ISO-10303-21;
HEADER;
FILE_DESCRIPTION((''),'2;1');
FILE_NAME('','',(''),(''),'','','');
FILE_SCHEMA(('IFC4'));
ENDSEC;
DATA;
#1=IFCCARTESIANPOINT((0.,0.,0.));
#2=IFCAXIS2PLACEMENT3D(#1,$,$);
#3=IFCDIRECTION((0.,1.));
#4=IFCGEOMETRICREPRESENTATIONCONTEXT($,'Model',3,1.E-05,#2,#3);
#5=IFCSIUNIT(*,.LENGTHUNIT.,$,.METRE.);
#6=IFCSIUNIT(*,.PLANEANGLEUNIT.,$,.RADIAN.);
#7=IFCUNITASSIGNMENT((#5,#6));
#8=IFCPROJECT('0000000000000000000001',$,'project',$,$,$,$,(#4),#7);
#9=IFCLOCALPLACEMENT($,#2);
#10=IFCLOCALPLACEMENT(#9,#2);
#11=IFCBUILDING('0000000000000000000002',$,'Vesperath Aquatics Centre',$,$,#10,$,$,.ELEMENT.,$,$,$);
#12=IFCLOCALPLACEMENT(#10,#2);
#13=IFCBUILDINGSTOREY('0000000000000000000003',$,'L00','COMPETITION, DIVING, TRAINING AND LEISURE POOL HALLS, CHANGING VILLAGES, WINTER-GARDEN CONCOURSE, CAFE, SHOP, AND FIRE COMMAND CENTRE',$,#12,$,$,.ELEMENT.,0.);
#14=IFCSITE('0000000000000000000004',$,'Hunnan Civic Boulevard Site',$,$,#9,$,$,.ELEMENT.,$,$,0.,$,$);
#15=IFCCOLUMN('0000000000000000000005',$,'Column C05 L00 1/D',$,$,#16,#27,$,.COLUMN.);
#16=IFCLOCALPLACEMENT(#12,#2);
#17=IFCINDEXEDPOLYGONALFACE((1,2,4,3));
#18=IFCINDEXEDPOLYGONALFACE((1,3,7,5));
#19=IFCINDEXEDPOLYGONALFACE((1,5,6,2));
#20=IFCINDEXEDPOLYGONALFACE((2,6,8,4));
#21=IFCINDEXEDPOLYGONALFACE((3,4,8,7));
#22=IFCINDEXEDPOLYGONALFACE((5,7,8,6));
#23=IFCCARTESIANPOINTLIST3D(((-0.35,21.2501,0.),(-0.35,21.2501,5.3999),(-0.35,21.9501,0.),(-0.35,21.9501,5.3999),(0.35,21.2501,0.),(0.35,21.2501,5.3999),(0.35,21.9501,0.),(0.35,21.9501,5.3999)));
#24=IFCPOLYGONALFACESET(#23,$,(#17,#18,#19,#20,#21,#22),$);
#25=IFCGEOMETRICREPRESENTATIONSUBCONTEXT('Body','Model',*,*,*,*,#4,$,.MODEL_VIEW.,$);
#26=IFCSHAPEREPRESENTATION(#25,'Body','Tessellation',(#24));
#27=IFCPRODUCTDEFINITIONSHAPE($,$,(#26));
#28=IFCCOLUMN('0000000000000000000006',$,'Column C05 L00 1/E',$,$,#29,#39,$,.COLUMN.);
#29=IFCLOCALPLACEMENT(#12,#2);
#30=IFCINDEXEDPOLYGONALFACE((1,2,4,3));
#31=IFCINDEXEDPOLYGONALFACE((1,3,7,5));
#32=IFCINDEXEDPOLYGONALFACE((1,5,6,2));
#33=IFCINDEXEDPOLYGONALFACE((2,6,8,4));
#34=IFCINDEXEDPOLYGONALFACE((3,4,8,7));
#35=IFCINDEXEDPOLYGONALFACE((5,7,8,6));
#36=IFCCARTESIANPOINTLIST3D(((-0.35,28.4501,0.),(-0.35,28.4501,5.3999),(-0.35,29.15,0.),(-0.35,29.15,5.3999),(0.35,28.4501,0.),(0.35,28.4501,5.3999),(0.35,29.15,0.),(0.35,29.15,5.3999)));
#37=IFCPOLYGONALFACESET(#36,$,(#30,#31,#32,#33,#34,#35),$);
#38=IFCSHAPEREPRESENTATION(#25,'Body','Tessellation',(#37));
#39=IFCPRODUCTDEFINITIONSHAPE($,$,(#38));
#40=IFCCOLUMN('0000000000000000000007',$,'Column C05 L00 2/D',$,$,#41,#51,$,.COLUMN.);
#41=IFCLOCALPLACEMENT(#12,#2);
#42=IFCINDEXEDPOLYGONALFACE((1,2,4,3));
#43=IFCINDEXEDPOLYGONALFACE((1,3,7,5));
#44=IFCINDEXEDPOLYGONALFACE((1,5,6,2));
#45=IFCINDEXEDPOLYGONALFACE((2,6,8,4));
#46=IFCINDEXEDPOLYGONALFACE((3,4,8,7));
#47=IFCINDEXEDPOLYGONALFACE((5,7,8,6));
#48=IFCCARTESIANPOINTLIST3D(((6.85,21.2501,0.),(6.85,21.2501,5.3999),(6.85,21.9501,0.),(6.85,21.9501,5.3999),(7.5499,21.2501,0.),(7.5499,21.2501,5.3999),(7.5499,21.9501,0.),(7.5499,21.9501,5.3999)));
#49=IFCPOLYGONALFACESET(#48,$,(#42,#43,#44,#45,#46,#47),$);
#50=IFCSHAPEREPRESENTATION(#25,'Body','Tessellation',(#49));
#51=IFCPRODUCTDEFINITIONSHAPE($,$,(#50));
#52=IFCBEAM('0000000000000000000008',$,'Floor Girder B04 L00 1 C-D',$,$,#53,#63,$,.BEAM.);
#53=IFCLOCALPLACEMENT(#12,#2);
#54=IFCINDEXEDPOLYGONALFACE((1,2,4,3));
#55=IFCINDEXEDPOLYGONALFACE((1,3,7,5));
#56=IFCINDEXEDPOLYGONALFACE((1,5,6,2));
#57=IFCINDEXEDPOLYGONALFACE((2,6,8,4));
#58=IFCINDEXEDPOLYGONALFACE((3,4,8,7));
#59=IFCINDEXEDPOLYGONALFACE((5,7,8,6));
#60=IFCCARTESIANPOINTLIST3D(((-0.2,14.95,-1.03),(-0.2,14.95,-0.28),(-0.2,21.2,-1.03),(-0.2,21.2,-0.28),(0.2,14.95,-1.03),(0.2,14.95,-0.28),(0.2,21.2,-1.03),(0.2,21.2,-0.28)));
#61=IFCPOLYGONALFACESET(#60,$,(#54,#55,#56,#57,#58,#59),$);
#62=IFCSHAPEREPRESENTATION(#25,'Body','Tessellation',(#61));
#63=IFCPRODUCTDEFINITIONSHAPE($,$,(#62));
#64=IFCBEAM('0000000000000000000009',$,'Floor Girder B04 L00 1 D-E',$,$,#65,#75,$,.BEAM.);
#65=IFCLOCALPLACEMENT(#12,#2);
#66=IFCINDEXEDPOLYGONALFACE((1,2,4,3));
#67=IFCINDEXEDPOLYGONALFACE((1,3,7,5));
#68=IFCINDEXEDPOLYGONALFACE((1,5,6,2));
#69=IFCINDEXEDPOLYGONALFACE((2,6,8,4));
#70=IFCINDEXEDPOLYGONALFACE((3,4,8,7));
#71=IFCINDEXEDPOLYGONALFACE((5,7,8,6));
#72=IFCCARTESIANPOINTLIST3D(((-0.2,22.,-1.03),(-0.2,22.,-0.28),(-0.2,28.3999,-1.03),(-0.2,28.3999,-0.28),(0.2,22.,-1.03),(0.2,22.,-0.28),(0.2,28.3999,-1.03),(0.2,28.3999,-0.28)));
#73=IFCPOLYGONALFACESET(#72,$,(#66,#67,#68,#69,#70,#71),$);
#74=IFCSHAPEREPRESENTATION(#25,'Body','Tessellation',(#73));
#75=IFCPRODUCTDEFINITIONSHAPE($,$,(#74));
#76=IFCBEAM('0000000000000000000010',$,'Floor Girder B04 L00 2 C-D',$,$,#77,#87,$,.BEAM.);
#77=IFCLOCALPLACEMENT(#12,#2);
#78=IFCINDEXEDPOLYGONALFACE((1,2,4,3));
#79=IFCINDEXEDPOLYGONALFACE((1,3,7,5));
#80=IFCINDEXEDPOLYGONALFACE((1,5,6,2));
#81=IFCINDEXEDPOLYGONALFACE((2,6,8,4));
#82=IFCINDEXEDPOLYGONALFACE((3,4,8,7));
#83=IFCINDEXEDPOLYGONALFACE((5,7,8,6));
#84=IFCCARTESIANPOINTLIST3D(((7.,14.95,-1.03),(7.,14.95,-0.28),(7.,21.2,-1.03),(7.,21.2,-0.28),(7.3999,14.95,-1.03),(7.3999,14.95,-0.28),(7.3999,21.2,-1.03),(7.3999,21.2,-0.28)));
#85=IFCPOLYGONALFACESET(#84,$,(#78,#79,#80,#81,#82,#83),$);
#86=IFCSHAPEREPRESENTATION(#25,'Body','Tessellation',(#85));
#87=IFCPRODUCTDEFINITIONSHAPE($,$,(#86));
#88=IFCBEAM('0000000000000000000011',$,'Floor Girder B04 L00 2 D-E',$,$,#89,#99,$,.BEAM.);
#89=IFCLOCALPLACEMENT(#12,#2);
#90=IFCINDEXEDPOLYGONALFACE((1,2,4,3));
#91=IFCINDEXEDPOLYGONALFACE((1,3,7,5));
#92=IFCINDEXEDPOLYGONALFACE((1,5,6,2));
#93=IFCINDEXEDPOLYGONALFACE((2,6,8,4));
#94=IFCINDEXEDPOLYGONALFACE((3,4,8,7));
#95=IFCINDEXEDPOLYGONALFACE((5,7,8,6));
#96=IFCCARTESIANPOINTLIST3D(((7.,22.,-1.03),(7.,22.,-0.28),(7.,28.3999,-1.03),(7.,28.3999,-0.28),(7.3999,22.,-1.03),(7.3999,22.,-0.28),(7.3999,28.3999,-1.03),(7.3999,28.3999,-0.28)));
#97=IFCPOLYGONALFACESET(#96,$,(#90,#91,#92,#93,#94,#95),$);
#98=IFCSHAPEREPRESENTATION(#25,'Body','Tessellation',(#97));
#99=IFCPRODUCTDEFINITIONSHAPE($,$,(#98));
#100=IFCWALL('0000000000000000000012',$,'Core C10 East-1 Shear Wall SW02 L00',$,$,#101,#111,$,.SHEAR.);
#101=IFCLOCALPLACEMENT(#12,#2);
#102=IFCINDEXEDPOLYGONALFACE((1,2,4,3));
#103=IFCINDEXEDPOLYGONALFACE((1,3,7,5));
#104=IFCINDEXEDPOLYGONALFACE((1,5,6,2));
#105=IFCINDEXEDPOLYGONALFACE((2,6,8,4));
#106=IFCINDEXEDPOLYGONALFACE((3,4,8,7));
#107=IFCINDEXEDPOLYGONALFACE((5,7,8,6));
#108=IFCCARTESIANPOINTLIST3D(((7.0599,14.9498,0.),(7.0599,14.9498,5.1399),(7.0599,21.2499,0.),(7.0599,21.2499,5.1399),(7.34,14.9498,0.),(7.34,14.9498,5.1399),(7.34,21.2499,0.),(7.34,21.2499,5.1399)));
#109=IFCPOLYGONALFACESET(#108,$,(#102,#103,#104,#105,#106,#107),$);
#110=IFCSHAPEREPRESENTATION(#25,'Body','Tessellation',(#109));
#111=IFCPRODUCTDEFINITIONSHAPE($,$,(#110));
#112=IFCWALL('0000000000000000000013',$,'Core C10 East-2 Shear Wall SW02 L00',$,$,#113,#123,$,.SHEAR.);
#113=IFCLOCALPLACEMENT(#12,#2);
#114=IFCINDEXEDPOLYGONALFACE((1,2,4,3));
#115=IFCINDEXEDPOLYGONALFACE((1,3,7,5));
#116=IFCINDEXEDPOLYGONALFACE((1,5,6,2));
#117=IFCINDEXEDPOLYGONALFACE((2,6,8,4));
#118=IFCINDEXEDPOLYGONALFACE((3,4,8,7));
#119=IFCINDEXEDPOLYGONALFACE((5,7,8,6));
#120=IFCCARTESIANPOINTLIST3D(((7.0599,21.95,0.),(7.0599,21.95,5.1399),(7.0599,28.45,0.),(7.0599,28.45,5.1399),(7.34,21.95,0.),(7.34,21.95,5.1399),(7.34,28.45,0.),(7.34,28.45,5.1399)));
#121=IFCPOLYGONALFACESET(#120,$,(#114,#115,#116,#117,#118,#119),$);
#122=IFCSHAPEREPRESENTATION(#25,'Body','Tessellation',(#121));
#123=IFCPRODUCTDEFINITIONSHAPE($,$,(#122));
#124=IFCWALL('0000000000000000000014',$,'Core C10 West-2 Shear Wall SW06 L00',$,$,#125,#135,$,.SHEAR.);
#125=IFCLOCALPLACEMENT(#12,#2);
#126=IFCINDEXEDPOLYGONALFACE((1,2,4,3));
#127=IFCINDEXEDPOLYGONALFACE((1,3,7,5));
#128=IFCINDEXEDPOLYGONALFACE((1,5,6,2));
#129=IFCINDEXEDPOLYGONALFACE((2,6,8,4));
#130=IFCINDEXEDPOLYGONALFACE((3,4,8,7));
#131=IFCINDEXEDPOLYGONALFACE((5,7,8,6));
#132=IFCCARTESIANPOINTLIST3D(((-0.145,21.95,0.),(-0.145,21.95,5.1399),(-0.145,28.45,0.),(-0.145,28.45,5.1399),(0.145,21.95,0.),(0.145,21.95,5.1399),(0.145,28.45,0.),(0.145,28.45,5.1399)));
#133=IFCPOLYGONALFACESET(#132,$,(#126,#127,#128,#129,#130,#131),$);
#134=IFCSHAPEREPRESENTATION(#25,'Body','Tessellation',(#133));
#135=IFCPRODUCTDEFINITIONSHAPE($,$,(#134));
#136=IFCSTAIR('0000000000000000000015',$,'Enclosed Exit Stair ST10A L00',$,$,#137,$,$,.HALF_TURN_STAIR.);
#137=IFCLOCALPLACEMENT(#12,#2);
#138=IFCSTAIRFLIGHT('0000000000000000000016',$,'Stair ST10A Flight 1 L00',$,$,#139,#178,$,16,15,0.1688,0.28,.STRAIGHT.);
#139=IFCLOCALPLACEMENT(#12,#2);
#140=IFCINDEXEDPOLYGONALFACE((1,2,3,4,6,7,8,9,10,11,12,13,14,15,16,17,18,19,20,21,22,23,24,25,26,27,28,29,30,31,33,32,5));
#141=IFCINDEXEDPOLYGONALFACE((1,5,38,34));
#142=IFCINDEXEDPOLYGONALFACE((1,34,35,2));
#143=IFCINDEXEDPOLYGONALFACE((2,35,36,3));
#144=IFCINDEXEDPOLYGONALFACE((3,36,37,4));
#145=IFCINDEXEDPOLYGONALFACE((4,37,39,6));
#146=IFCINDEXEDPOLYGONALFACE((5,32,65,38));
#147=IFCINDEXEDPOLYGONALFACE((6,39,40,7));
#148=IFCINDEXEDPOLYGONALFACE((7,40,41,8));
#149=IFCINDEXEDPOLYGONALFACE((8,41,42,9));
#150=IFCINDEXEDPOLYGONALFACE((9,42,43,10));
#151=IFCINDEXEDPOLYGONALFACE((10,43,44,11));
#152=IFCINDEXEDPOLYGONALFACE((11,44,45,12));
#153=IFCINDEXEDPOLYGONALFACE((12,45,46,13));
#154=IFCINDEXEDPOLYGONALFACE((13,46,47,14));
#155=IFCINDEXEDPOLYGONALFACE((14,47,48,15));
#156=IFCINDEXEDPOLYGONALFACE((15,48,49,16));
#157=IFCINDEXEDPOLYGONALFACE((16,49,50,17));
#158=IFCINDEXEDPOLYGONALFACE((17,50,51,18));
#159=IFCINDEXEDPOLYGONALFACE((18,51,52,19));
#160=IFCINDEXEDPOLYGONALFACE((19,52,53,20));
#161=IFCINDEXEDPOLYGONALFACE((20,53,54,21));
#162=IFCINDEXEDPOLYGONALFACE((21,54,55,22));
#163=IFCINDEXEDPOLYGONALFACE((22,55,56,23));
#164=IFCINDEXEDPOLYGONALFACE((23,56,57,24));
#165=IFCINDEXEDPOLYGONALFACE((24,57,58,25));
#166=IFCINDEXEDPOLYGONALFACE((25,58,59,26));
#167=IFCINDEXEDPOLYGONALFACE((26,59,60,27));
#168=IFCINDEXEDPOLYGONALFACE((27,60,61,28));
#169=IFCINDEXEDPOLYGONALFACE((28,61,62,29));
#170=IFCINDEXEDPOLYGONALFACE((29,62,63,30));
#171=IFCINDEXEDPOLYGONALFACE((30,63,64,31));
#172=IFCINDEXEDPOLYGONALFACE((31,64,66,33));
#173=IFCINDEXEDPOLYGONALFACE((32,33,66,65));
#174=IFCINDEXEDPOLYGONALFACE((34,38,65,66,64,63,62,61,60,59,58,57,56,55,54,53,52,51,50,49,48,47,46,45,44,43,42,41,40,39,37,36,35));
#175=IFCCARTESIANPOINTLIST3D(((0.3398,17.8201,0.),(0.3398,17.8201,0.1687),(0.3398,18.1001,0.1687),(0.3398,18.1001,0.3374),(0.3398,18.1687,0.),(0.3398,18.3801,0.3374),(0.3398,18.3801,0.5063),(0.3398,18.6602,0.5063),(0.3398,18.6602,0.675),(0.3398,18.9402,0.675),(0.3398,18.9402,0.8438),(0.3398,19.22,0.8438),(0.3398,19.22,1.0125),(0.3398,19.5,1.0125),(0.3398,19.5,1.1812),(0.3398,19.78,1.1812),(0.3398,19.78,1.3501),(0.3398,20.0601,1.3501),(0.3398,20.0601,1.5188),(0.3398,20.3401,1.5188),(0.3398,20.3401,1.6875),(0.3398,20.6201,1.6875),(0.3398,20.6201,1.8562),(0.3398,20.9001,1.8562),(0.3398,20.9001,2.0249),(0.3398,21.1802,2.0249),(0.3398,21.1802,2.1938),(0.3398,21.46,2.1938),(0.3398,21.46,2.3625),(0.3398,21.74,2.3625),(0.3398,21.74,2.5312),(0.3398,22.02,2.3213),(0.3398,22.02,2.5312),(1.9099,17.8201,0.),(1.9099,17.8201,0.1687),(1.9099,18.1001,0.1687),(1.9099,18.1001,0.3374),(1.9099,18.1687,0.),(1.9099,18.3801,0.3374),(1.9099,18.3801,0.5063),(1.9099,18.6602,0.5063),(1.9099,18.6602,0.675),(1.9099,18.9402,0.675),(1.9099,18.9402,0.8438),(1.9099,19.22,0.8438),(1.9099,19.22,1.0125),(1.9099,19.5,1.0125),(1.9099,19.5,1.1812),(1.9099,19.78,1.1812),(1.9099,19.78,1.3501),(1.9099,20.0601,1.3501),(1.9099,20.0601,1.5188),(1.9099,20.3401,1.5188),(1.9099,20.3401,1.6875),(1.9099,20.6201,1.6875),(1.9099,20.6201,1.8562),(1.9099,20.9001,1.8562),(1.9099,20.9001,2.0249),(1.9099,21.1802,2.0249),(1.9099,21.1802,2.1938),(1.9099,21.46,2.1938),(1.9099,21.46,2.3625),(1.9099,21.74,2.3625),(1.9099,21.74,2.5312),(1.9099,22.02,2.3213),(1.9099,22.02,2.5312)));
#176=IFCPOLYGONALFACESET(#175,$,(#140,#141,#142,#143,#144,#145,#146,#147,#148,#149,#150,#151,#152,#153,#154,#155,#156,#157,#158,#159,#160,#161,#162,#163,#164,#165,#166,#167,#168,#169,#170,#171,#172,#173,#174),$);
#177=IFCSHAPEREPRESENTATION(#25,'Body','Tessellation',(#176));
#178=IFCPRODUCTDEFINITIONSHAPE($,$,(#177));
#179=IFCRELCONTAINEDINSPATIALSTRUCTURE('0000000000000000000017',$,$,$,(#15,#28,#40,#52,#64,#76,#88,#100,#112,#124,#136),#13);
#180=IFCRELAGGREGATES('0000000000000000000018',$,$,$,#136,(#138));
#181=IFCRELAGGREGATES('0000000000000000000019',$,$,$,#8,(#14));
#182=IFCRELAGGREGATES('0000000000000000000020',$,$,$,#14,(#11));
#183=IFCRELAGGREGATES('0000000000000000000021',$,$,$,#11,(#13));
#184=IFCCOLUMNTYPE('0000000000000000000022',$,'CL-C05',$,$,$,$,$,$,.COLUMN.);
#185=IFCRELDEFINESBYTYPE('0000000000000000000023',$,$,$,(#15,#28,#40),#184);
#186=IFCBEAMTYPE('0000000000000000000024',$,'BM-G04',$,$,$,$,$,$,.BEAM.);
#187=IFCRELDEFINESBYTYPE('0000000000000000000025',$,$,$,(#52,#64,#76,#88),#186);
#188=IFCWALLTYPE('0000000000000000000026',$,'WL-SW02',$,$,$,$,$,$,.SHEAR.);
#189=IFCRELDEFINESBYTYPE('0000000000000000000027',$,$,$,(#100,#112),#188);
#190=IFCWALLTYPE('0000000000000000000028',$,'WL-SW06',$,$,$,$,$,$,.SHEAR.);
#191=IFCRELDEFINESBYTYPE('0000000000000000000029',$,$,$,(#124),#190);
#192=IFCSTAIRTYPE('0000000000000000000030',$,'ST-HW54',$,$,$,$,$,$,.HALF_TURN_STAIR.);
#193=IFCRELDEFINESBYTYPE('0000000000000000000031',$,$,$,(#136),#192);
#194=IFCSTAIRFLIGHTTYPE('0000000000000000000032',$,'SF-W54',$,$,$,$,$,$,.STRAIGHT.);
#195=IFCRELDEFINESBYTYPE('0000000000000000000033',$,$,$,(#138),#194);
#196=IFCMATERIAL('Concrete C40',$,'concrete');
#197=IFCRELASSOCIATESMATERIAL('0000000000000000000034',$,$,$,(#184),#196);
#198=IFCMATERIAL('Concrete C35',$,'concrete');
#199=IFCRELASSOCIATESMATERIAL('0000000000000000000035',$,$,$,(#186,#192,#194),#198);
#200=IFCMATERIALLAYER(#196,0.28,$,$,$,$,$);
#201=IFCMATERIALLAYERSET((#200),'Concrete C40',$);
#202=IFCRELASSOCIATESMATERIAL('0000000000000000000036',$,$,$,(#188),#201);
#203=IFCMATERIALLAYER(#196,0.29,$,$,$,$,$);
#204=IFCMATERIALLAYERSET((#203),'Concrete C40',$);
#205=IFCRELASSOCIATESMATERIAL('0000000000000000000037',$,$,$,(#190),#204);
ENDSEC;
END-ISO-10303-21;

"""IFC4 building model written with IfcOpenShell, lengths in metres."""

from ifc_helpers import new_model, si_unit, direction, frame, frame_2d, origin, origin_2d, place, context, subcontext, project, spatial, polyline, rectangle, outline, extrude, material, layer, layer_set, material_profile, profile_set, type_object, element, aggregate, save


model = new_model("IFC4")

# Units and contexts
model_context = context("Model", 3, precision=1e-05, world=origin(), true_north=direction((0.0, 1.0)))
body_context = subcontext(model_context, "Body", "Model", "MODEL_VIEW")
ifc_project = project(units=[si_unit("LENGTHUNIT", "METRE"), si_unit("PLANEANGLEUNIT", "RADIAN")], contexts=[model_context])

# Site, building, storey
site_placement = place(None, origin())
site = spatial("IfcSite", under=ifc_project, at=site_placement, Name="Hunnan Civic Boulevard Site", CompositionType="ELEMENT", RefElevation=0.0)
building_placement = place(site_placement, origin())
building = spatial("IfcBuilding", under=site, at=building_placement, Name="Vesperath Aquatics Centre", CompositionType="ELEMENT")
storey_placement = place(building_placement, origin())
storey = spatial("IfcBuildingStorey", under=building, at=storey_placement, Name="L00", Description="COMPETITION, DIVING, TRAINING AND LEISURE POOL HALLS, CHANGING VILLAGES, WINTER-GARDEN CONCOURSE, CAFE, SHOP, AND FIRE COMMAND CENTRE", CompositionType="ELEMENT", Elevation=0.0)

# Columns
ifc_material_1 = material(Name="Concrete C40", Category="concrete")
ifc_material_profile_1 = material_profile(ifc_material_1, rectangle(XDim=0.7, YDim=0.7, at=origin_2d()), Name="RC 700x700")
ifc_profile_set_1 = profile_set([ifc_material_profile_1], Name="Concrete C40")
column_type = type_object("IfcColumnType", Name="CL-C05", PredefinedType="COLUMN", material=ifc_profile_set_1)
for number, where, z_axis, x_axis, name in (
    (1, (0.0, 21.6001, 0.0), (0.0, 0.0, 1.0), (1.0, 0.0, 0.0), "Column C05 L00 1/D"),
    (2, (0.0, 28.8, 0.0), (0.0, 0.0, 1.0), (1.0, 0.0, 0.0), "Column C05 L00 1/E"),
    (3, (7.2, 21.6001, 0.0), (0.0, 0.0, 1.0), (1.0, 0.0, 0.0), "Column C05 L00 2/D"),
):
    element("IfcColumn", number, at=place(storey_placement, frame(where, z_axis=z_axis, x_axis=x_axis)), inside=storey, type_object=column_type, Name=name, PredefinedType="COLUMN", context=body_context, shape_type="SweptSolid", body=[
        extrude(rectangle(XDim=0.7, YDim=0.7, at=origin_2d()), origin(), (0.0, 0.0, 1.0), 5.3999),
    ])

# Beams
ifc_material_2 = material(Name="Concrete C35", Category="concrete")
ifc_material_profile_2 = material_profile(ifc_material_2, rectangle(XDim=0.3999, YDim=0.75, at=origin_2d()), Name="RC 400x750")
ifc_profile_set_2 = profile_set([ifc_material_profile_2], Name="Concrete C35")
beam_type = type_object("IfcBeamType", Name="BM-G04", PredefinedType="BEAM", material=ifc_profile_set_2)
beam_1_placement = place(storey_placement, frame((0.0, 14.95, -0.655), z_axis=(0.0, 1.0, 0.0), x_axis=(-1.0, 0.0, 0.0)))
element("IfcBeam", 4, at=beam_1_placement, inside=storey, type_object=beam_type, Name="Floor Girder B04 L00 1 C-D", PredefinedType="BEAM", context=body_context, shape_type="SweptSolid", body=[
    extrude(rectangle(XDim=0.3999, YDim=0.75, at=origin_2d()), origin(), (0.0, 0.0, 1.0), 6.25),
])
beam_2_placement = place(storey_placement, frame((0.0, 22.0, -0.655), z_axis=(0.0, 1.0, 0.0), x_axis=(-1.0, 0.0, 0.0)))
element("IfcBeam", 5, at=beam_2_placement, inside=storey, type_object=beam_type, Name="Floor Girder B04 L00 1 D-E", PredefinedType="BEAM", context=body_context, shape_type="SweptSolid", body=[
    extrude(rectangle(XDim=0.3999, YDim=0.75, at=origin_2d()), origin(), (0.0, 0.0, 1.0), 6.3999),
])
beam_3_placement = place(storey_placement, frame((7.2, 14.95, -0.655), z_axis=(0.0, 1.0, 0.0), x_axis=(-1.0, 0.0, 0.0)))
element("IfcBeam", 6, at=beam_3_placement, inside=storey, type_object=beam_type, Name="Floor Girder B04 L00 2 C-D", PredefinedType="BEAM", context=body_context, shape_type="SweptSolid", body=[
    extrude(rectangle(XDim=0.3999, YDim=0.75, at=origin_2d()), origin(), (0.0, 0.0, 1.0), 6.25),
])
beam_4_placement = place(storey_placement, frame((7.2, 22.0, -0.655), z_axis=(0.0, 1.0, 0.0), x_axis=(-1.0, 0.0, 0.0)))
element("IfcBeam", 7, at=beam_4_placement, inside=storey, type_object=beam_type, Name="Floor Girder B04 L00 2 D-E", PredefinedType="BEAM", context=body_context, shape_type="SweptSolid", body=[
    extrude(rectangle(XDim=0.3999, YDim=0.75, at=origin_2d()), origin(), (0.0, 0.0, 1.0), 6.3999),
])

# Walls
ifc_layer_1 = layer(ifc_material_1, 0.28)
ifc_layer_set_1 = layer_set([ifc_layer_1], Name="Concrete C40")
wall_type_1 = type_object("IfcWallType", Name="WL-SW02", PredefinedType="SHEAR", material=ifc_layer_set_1)
wall_1_placement = place(storey_placement, frame((7.2, 14.95, 0.0), z_axis=(0.0, 0.0, 1.0), x_axis=(0.0, 1.0, 0.0)))
element("IfcWall", 8, at=wall_1_placement, inside=storey, type_object=wall_type_1, Name="Core C10 East-1 Shear Wall SW02 L00", PredefinedType="SHEAR", context=body_context, shape_type="SweptSolid", body=[
    extrude(rectangle(XDim=6.3, YDim=0.28, at=frame_2d((3.1499, 0.0))), origin(), (0.0, 0.0, 1.0), 5.1399),
])
wall_2_placement = place(storey_placement, frame((7.2, 21.95, 0.0), z_axis=(0.0, 0.0, 1.0), x_axis=(0.0, 1.0, 0.0)))
element("IfcWall", 9, at=wall_2_placement, inside=storey, type_object=wall_type_1, Name="Core C10 East-2 Shear Wall SW02 L00", PredefinedType="SHEAR", context=body_context, shape_type="SweptSolid", body=[
    extrude(rectangle(XDim=6.5, YDim=0.28, at=frame_2d((3.25, 0.0))), origin(), (0.0, 0.0, 1.0), 5.1399),
])

# Shared definitions
ifc_layer_2 = layer(ifc_material_1, 0.29)
ifc_layer_set_2 = layer_set([ifc_layer_2], Name="Concrete C40")
wall_type_2 = type_object("IfcWallType", Name="WL-SW06", PredefinedType="SHEAR", material=ifc_layer_set_2)

# Wall
wall_3_placement = place(storey_placement, frame((0.0, 21.95, 0.0), z_axis=(0.0, 0.0, 1.0), x_axis=(0.0, 1.0, 0.0)))
element("IfcWall", 10, at=wall_3_placement, inside=storey, type_object=wall_type_2, Name="Core C10 West-2 Shear Wall SW06 L00", PredefinedType="SHEAR", context=body_context, shape_type="SweptSolid", body=[
    extrude(rectangle(XDim=6.5, YDim=0.29, at=frame_2d((3.25, 0.0))), origin(), (0.0, 0.0, 1.0), 5.1399),
])

# Stair, stair flight
stair_type = type_object("IfcStairType", Name="ST-HW54", PredefinedType="HALF_TURN_STAIR", material=ifc_material_2)
stair_1_placement = place(storey_placement, origin())
stair_1 = element("IfcStair", 11, at=stair_1_placement, inside=storey, type_object=stair_type, Name="Enclosed Exit Stair ST10A L00", PredefinedType="HALF_TURN_STAIR")
stair_flight_type = type_object("IfcStairFlightType", Name="SF-W54", PredefinedType="STRAIGHT", material=ifc_material_2)
stair_flight_1_placement = place(storey_placement, frame((1.125, 17.8201, 0.0), z_axis=(0.0, 0.0, 1.0), x_axis=(0.0, 1.0, 0.0)))
stair_flight_1 = element("IfcStairFlight", 12, at=stair_flight_1_placement, type_object=stair_flight_type, Name="Stair ST10A Flight 1 L00", NumberOfRisers=16, NumberOfTreads=15, PredefinedType="STRAIGHT", RiserHeight=0.1688, TreadLength=0.28, context=body_context, shape_type="SweptSolid", body=[
    extrude(outline(polyline([(0.0, 0.0), (0.0, 0.1687), (0.28, 0.1687), (0.28, 0.3374), (0.5601, 0.3374), (0.5601, 0.5063), (0.8401, 0.5063), (0.8401, 0.675), (1.1201, 0.675), (1.1201, 0.8438), (1.3999, 0.8438), (1.3999, 1.0125), (1.6799, 1.0125), (1.6799, 1.1812), (1.96, 1.1812), (1.96, 1.3501), (2.24, 1.3501), (2.24, 1.5188), (2.52, 1.5188), (2.52, 1.6875), (2.8, 1.6875), (2.8, 1.8562), (3.0801, 1.8562), (3.0801, 2.0249), (3.3601, 2.0249), (3.3601, 2.1938), (3.6399, 2.1938), (3.6399, 2.3625), (3.9199, 2.3625), (3.9199, 2.5312), (4.2, 2.5312), (4.2, 2.7), (4.2, 2.3213), (0.3486, 0.0), (0.0, 0.0)])), frame((0.0, 0.7852, 0.0), z_axis=(0.0, -1.0, 0.0), x_axis=(1.0, 0.0, 0.0)), (0.0, 0.0, 1.0), 1.5701),
])
aggregate(stair_1, [stair_flight_1])

save(model, "model.ifc")
